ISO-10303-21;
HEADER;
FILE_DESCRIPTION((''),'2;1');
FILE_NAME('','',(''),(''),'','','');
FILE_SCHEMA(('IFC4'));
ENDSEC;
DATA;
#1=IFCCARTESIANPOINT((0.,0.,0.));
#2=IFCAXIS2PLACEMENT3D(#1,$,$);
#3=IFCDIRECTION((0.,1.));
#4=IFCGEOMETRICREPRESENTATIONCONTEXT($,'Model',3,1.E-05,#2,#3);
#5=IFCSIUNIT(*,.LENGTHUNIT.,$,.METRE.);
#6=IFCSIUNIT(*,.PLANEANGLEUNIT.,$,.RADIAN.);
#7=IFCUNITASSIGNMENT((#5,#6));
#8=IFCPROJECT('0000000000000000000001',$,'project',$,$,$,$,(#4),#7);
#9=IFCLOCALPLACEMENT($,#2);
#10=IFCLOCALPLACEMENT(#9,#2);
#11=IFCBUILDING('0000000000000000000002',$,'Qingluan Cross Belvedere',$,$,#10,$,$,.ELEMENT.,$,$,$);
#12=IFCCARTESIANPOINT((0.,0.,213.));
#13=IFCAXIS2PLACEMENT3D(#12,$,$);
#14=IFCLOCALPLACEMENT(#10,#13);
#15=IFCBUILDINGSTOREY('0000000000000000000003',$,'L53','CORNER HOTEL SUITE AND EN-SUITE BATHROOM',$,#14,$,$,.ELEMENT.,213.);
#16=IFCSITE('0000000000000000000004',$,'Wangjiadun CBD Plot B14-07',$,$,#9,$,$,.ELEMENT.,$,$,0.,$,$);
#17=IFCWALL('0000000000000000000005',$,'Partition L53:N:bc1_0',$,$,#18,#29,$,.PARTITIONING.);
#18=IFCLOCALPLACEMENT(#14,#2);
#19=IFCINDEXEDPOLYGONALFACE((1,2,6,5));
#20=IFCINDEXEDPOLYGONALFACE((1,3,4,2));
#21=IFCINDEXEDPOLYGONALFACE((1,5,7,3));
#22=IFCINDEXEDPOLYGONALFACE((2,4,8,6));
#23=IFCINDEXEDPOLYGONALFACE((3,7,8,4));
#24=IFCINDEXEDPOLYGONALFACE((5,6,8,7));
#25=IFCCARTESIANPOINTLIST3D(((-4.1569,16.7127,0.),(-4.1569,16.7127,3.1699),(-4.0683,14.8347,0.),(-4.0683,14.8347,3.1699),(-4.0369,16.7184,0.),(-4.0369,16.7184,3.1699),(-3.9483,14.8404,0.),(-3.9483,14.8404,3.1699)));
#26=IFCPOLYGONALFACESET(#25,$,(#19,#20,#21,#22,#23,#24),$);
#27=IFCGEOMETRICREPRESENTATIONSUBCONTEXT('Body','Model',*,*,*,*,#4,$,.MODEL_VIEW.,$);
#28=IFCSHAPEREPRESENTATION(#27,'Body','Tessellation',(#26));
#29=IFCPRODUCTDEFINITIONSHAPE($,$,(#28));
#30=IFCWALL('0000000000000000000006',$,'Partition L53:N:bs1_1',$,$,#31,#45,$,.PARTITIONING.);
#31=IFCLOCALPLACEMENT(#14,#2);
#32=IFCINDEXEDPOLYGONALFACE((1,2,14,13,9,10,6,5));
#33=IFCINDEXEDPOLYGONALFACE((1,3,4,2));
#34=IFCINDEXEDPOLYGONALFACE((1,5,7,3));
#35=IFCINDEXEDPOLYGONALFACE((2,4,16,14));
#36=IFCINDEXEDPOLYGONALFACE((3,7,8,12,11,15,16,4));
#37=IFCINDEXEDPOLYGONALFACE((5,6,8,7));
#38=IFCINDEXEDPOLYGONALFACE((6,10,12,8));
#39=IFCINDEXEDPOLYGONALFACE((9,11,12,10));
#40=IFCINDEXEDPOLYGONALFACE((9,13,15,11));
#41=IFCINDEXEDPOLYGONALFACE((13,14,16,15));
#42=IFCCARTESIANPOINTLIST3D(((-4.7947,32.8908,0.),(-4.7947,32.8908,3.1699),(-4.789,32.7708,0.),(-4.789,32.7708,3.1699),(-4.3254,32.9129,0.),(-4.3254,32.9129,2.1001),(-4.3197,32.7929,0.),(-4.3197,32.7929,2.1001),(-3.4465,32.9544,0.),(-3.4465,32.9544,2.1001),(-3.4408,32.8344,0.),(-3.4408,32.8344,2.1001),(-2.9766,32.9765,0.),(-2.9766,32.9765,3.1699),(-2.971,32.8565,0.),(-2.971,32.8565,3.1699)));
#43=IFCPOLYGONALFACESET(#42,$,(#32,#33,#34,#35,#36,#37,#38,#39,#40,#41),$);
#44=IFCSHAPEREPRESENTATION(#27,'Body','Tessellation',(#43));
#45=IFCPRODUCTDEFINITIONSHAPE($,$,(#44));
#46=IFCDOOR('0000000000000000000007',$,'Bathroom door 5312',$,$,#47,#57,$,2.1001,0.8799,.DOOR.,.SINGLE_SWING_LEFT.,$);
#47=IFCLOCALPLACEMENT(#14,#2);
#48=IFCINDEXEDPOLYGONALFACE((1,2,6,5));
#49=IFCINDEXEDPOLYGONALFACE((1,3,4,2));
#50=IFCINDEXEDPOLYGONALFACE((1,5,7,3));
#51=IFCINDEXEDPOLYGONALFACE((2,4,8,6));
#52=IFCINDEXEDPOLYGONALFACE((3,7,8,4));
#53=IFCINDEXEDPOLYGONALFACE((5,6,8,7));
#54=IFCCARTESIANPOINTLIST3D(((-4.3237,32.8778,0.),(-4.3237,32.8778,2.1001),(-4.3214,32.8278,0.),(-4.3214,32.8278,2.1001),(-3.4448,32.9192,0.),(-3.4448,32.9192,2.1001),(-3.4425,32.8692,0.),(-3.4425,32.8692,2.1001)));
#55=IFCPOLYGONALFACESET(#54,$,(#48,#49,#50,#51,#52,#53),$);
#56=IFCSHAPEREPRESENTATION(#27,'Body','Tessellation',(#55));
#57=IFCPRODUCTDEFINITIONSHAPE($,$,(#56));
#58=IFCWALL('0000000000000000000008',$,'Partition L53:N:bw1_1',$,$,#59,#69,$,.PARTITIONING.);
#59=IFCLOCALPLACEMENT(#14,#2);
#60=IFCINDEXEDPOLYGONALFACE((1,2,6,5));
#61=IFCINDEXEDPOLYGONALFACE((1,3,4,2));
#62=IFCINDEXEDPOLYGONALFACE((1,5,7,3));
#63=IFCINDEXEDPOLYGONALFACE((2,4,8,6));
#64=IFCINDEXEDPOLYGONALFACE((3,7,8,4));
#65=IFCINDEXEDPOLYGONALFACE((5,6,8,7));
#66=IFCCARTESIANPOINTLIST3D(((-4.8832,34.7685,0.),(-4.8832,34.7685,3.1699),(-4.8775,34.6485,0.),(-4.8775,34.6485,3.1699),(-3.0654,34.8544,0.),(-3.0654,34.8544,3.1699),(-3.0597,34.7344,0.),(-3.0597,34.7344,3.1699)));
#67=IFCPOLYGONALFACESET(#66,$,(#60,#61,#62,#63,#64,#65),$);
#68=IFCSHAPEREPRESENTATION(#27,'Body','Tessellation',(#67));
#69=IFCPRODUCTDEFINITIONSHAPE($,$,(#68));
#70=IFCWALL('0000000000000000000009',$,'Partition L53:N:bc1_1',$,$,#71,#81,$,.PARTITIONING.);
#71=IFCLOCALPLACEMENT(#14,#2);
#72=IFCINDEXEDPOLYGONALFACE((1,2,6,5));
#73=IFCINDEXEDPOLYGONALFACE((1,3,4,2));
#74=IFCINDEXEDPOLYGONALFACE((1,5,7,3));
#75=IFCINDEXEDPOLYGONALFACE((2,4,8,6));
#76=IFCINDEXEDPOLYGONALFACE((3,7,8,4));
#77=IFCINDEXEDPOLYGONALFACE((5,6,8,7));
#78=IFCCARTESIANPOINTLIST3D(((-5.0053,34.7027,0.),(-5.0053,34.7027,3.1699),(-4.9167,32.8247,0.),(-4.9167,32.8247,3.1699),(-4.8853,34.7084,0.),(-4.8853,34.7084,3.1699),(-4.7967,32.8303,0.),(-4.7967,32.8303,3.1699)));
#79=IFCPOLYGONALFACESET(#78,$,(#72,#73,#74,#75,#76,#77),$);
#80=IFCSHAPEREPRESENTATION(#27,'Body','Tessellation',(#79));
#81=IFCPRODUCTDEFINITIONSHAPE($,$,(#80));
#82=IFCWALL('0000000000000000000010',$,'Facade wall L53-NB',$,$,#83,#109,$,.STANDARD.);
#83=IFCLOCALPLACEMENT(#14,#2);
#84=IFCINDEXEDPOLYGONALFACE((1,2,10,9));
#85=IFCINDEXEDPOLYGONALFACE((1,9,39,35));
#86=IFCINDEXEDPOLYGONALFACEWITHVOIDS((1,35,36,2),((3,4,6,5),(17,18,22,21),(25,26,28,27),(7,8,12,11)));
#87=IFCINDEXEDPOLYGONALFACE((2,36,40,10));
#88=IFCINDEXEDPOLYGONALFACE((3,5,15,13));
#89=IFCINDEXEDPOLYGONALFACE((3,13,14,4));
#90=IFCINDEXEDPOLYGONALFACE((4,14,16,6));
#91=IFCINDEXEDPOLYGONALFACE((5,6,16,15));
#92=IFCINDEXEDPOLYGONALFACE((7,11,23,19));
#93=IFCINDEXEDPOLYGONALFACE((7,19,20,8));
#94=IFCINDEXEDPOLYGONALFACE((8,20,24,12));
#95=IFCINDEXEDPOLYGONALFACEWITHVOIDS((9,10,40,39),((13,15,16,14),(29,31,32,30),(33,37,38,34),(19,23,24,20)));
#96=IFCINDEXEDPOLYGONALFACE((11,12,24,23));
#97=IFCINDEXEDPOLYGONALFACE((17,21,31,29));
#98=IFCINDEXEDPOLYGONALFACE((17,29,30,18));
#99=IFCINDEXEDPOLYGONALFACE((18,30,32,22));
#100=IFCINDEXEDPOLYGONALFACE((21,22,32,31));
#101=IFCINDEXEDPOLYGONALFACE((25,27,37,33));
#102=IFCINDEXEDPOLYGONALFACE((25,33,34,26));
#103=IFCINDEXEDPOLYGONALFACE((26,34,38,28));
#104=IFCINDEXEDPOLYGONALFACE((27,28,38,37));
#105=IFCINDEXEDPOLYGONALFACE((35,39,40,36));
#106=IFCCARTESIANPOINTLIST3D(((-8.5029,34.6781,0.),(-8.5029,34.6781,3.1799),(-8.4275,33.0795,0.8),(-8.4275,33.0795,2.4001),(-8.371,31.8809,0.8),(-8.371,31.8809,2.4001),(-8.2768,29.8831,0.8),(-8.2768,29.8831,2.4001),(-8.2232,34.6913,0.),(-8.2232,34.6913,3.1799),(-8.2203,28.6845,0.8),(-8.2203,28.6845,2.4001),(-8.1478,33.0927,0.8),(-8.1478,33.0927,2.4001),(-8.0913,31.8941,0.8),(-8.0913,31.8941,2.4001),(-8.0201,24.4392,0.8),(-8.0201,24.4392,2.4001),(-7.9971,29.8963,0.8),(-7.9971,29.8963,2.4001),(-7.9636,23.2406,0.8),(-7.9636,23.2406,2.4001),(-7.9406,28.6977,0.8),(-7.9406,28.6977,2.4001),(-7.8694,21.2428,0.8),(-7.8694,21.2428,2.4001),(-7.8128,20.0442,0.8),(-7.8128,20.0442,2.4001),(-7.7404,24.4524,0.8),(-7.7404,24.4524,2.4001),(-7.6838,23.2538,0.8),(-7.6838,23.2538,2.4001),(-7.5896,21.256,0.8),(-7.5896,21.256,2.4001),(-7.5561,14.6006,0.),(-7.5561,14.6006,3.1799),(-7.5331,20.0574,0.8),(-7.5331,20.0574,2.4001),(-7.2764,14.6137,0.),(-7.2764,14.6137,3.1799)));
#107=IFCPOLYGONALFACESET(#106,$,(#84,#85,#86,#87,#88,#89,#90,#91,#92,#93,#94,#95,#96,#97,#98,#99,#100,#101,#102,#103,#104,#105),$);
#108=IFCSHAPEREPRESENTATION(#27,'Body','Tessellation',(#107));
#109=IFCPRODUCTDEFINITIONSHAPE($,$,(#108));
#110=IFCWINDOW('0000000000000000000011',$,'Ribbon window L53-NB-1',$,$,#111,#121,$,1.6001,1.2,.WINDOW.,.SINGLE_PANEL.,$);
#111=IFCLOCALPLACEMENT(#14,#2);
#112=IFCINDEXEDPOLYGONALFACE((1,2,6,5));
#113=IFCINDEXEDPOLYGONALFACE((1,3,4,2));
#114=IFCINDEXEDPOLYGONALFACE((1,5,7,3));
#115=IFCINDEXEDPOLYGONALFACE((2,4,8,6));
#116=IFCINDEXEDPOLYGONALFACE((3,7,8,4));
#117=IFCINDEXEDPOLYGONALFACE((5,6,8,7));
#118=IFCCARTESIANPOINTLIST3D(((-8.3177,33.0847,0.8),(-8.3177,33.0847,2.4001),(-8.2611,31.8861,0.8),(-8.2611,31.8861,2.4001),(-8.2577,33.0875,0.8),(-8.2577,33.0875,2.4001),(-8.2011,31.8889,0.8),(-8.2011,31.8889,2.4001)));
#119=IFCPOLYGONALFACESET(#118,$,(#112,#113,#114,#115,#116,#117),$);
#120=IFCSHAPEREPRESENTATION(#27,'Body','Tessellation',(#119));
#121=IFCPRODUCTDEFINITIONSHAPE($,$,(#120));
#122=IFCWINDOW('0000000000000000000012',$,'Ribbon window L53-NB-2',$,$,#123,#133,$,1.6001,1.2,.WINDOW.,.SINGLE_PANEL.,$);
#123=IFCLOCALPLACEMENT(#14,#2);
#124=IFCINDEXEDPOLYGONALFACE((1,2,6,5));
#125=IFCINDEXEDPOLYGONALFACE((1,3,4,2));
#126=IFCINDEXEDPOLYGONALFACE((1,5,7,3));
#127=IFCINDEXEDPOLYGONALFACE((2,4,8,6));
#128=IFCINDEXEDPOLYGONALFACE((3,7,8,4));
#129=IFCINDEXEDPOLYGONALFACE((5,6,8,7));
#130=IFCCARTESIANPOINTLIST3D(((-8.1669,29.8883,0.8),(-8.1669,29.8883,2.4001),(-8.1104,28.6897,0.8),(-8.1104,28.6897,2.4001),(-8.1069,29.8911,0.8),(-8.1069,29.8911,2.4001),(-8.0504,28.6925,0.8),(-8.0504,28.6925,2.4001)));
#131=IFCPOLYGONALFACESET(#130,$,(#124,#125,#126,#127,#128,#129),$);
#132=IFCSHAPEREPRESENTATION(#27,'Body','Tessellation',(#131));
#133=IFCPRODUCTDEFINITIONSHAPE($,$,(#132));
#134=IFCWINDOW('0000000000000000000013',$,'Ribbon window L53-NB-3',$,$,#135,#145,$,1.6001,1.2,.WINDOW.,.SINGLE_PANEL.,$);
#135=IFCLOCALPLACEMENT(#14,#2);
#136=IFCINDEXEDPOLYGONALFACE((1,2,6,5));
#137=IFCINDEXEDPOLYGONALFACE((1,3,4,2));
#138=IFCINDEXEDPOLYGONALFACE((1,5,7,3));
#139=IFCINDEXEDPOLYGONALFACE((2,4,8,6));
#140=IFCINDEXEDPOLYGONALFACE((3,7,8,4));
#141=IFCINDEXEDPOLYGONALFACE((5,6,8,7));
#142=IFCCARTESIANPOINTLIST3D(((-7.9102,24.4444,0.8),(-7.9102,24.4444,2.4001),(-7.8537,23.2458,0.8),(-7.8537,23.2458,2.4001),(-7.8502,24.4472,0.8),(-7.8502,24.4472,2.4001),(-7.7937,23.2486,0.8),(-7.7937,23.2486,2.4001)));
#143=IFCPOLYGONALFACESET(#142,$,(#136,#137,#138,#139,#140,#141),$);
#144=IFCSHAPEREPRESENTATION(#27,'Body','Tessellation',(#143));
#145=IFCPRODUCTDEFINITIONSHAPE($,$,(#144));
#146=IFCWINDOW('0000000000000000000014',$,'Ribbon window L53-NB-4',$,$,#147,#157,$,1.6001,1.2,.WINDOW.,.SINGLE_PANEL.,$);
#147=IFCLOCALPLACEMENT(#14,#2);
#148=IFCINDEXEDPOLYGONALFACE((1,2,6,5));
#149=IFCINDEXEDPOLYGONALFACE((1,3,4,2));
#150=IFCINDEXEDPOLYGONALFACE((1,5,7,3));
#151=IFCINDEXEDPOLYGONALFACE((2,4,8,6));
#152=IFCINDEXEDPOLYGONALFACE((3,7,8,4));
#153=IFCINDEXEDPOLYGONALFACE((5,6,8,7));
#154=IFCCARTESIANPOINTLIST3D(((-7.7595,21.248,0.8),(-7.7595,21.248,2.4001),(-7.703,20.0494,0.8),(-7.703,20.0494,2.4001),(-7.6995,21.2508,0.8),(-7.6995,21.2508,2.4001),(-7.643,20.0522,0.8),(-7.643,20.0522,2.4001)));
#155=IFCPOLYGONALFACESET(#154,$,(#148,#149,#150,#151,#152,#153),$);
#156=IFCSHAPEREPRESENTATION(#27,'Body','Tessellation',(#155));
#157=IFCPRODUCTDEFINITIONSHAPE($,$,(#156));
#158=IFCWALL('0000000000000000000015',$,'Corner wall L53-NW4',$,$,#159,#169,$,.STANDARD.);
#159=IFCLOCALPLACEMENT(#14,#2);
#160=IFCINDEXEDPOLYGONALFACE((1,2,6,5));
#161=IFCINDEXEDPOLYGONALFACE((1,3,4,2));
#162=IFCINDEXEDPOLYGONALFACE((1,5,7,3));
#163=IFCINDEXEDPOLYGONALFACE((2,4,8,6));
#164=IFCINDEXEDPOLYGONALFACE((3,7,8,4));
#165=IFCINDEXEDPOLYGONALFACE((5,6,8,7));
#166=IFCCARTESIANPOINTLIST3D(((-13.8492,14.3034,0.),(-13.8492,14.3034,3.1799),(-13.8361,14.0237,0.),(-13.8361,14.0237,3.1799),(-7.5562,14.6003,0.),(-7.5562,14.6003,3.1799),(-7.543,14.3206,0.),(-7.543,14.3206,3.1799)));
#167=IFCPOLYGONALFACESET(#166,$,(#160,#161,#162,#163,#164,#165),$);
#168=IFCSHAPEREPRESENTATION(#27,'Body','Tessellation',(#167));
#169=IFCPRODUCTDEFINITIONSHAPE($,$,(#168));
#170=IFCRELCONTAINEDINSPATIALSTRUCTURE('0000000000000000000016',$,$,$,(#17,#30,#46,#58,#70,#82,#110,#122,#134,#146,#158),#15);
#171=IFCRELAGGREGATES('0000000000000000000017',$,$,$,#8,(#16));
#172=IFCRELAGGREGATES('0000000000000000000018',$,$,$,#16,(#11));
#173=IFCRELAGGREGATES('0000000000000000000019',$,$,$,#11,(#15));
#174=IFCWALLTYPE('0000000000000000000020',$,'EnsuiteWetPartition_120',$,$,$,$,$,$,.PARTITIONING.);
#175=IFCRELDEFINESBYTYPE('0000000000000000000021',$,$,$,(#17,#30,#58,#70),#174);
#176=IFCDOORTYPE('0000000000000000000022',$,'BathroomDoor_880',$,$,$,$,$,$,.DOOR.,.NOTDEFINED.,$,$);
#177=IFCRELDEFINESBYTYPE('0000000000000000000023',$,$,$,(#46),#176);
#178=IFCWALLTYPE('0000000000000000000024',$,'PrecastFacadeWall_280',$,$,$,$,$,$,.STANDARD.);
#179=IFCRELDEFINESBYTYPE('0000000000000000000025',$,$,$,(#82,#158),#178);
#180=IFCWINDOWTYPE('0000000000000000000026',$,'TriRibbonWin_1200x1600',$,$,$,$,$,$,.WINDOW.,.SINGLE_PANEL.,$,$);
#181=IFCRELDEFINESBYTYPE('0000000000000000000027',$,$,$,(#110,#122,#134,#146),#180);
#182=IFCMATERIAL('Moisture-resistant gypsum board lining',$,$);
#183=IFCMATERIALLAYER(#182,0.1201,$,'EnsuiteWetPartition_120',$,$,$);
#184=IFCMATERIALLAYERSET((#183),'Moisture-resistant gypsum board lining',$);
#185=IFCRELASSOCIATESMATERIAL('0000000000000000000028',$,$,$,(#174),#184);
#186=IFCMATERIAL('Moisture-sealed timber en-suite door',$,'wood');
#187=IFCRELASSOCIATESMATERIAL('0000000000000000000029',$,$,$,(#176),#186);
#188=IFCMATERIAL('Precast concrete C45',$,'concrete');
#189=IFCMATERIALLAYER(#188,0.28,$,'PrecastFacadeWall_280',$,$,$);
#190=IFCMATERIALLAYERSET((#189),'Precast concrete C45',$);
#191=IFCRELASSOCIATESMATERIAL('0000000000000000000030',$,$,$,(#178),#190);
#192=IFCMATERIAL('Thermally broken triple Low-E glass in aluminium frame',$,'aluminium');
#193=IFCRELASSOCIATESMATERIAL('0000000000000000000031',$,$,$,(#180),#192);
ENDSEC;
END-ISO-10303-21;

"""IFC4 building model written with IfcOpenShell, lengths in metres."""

from ifc_helpers import new_model, si_unit, direction, frame, frame_2d, origin, place, context, subcontext, project, spatial, rectangle, extrude, material, layer, layer_set, type_object, element, fill, save


model = new_model("IFC4")

# Units and contexts
model_context = context("Model", 3, precision=1e-05, world=origin(), true_north=direction((0.0, 1.0)))
body_context = subcontext(model_context, "Body", "Model", "MODEL_VIEW")
ifc_project = project(units=[si_unit("LENGTHUNIT", "METRE"), si_unit("PLANEANGLEUNIT", "RADIAN")], contexts=[model_context])

# Site, building, storey
site_placement = place(None, origin())
site = spatial("IfcSite", under=ifc_project, at=site_placement, Name="Wangjiadun CBD Plot B14-07", CompositionType="ELEMENT", RefElevation=0.0)
building_placement = place(site_placement, origin())
building = spatial("IfcBuilding", under=site, at=building_placement, Name="Qingluan Cross Belvedere", CompositionType="ELEMENT")
storey_placement = place(building_placement, frame((0.0, 0.0, 213.0)))
storey = spatial("IfcBuildingStorey", under=building, at=storey_placement, Name="L53", Description="CORNER HOTEL SUITE AND EN-SUITE BATHROOM", CompositionType="ELEMENT", Elevation=213.0)

# Shared definitions
ifc_material_1 = material(Name="Moisture-resistant gypsum board lining")
ifc_layer_1 = layer(ifc_material_1, 0.1201, Name="EnsuiteWetPartition_120")
ifc_layer_set_1 = layer_set([ifc_layer_1], Name="Moisture-resistant gypsum board lining")
wall_type_1 = type_object("IfcWallType", Name="EnsuiteWetPartition_120", PredefinedType="PARTITIONING", material=ifc_layer_set_1)
ifc_material_2 = material(Name="Moisture-sealed timber en-suite door", Category="wood")
door_type = type_object("IfcDoorType", Name="BathroomDoor_880", OperationType="NOTDEFINED", PredefinedType="DOOR", material=ifc_material_2)

# Wall
wall_1_placement = place(storey_placement, frame((-4.0083, 14.8376, 0.0), z_axis=(0.0, 0.0, 1.0), x_axis=(-0.047139, 0.998888, 0.0)))
element("IfcWall", 1, at=wall_1_placement, inside=storey, type_object=wall_type_1, Name="Partition L53:N:bc1_0", PredefinedType="PARTITIONING", context=body_context, shape_type="SweptSolid", body=[
    extrude(rectangle(XDim=1.8801, YDim=0.1201, at=frame_2d((0.9399, 0.0))), origin(), (0.0, 0.0, 1.0), 3.1699),
])

# Wall, opening, door
wall_2_placement = place(storey_placement, frame((-4.792, 32.8308, 0.0), z_axis=(0.0, 0.0, 1.0), x_axis=(0.998891, 0.047081, 0.0)))
wall_2 = element("IfcWall", 2, at=wall_2_placement, inside=storey, type_object=wall_type_1, Name="Partition L53:N:bs1_1", PredefinedType="PARTITIONING", context=body_context, shape_type="SweptSolid", body=[
    extrude(rectangle(XDim=1.8201, YDim=0.1201, at=frame_2d((0.9102, 0.0))), origin(), (0.0, 0.0, 1.0), 3.1699),
])
opening_1_placement = place(wall_2_placement, frame((0.47, 0.0, 0.0)))
opening_1 = element("IfcOpeningElement", 3, at=opening_1_placement, cuts=wall_2, PredefinedType="OPENING", context=body_context, shape_type="SweptSolid", body=[
    extrude(rectangle(XDim=0.8799, YDim=2.1001, at=frame_2d((0.4399, 1.05))), frame((0.0, 0.0701, 0.0), z_axis=(0.0, -1.0, 0.0), x_axis=(1.0, 0.0, 0.0)), (0.0, 0.0, 1.0), 0.1401),
])
door_1_placement = place(opening_1_placement, origin())
door_1 = element("IfcDoor", 4, at=door_1_placement, inside=storey, type_object=door_type, Name="Bathroom door 5312", OperationType="SINGLE_SWING_LEFT", OverallHeight=2.1001, OverallWidth=0.8799, PredefinedType="DOOR", context=body_context, shape_type="SweptSolid", body=[
    extrude(rectangle(XDim=0.8799, YDim=2.1001, at=frame_2d((0.4399, 1.05))), frame((0.0, 0.0249, 0.0), z_axis=(0.0, -1.0, 0.0), x_axis=(1.0, 0.0, 0.0)), (0.0, 0.0, 1.0), 0.05),
])
fill(opening_1, door_1)

# Walls
wall_3_placement = place(storey_placement, frame((-4.8804, 34.7085, 0.0), z_axis=(0.0, 0.0, 1.0), x_axis=(0.998884, 0.047221, 0.0)))
element("IfcWall", 5, at=wall_3_placement, inside=storey, type_object=wall_type_1, Name="Partition L53:N:bw1_1", PredefinedType="PARTITIONING", context=body_context, shape_type="SweptSolid", body=[
    extrude(rectangle(XDim=1.8198, YDim=0.1201, at=frame_2d((0.9099, 0.0))), origin(), (0.0, 0.0, 1.0), 3.1699),
])
wall_4_placement = place(storey_placement, frame((-4.8567, 32.8276, 0.0), z_axis=(0.0, 0.0, 1.0), x_axis=(-0.047139, 0.998888, 0.0)))
element("IfcWall", 6, at=wall_4_placement, inside=storey, type_object=wall_type_1, Name="Partition L53:N:bc1_1", PredefinedType="PARTITIONING", context=body_context, shape_type="SweptSolid", body=[
    extrude(rectangle(XDim=1.8801, YDim=0.1201, at=frame_2d((0.9399, 0.0))), origin(), (0.0, 0.0, 1.0), 3.1699),
])

# Wall, openings, windows
ifc_material_3 = material(Name="Precast concrete C45", Category="concrete")
ifc_layer_2 = layer(ifc_material_3, 0.28, Name="PrecastFacadeWall_280")
ifc_layer_set_2 = layer_set([ifc_layer_2], Name="Precast concrete C45")
wall_type_2 = type_object("IfcWallType", Name="PrecastFacadeWall_280", PredefinedType="STANDARD", material=ifc_layer_set_2)
wall_5_placement = place(storey_placement, frame((-8.363, 34.6846, 0.0), z_axis=(0.0, 0.0, 1.0), x_axis=(0.047103, -0.99889, 0.0)))
wall_5 = element("IfcWall", 7, at=wall_5_placement, inside=storey, type_object=wall_type_2, Name="Facade wall L53-NB", PredefinedType="STANDARD", context=body_context, shape_type="SweptSolid", body=[
    extrude(rectangle(XDim=20.0999, YDim=0.28, at=frame_2d((10.0498, 0.0))), origin(), (0.0, 0.0, 1.0), 3.1799),
])
opening_2_placement = place(wall_5_placement, frame((1.6001, 0.0, 0.8)))
opening_2 = element("IfcOpeningElement", 8, at=opening_2_placement, cuts=wall_5, PredefinedType="OPENING", context=body_context, shape_type="SweptSolid", body=[
    extrude(rectangle(XDim=1.2, YDim=1.6001, at=frame_2d((0.6001, 0.8))), frame((0.0, 0.1499, 0.0), z_axis=(0.0, -1.0, 0.0), x_axis=(1.0, 0.0, 0.0)), (0.0, 0.0, 1.0), 0.3),
])
opening_3_placement = place(wall_5_placement, frame((4.8, 0.0, 0.8)))
opening_3 = element("IfcOpeningElement", 9, at=opening_3_placement, cuts=wall_5, PredefinedType="OPENING", context=body_context, shape_type="SweptSolid", body=[
    extrude(rectangle(XDim=1.2, YDim=1.6001, at=frame_2d((0.6001, 0.8))), frame((0.0, 0.1499, 0.0), z_axis=(0.0, -1.0, 0.0), x_axis=(1.0, 0.0, 0.0)), (0.0, 0.0, 1.0), 0.3),
])
opening_4_placement = place(wall_5_placement, frame((10.25, 0.0, 0.8)))
opening_4 = element("IfcOpeningElement", 10, at=opening_4_placement, cuts=wall_5, PredefinedType="OPENING", context=body_context, shape_type="SweptSolid", body=[
    extrude(rectangle(XDim=1.2, YDim=1.6001, at=frame_2d((0.6001, 0.8))), frame((0.0, 0.1499, 0.0), z_axis=(0.0, -1.0, 0.0), x_axis=(1.0, 0.0, 0.0)), (0.0, 0.0, 1.0), 0.3),
])
opening_5_placement = place(wall_5_placement, frame((13.45, 0.0, 0.8)))
opening_5 = element("IfcOpeningElement", 11, at=opening_5_placement, cuts=wall_5, PredefinedType="OPENING", context=body_context, shape_type="SweptSolid", body=[
    extrude(rectangle(XDim=1.2, YDim=1.6001, at=frame_2d((0.6001, 0.8))), frame((0.0, 0.1499, 0.0), z_axis=(0.0, -1.0, 0.0), x_axis=(1.0, 0.0, 0.0)), (0.0, 0.0, 1.0), 0.3),
])
ifc_material_4 = material(Name="Thermally broken triple Low-E glass in aluminium frame", Category="aluminium")
window_type = type_object("IfcWindowType", Name="TriRibbonWin_1200x1600", PartitioningType="SINGLE_PANEL", PredefinedType="WINDOW", material=ifc_material_4)
window_1_placement = place(opening_2_placement, origin())
window_1 = element("IfcWindow", 12, at=window_1_placement, inside=storey, type_object=window_type, Name="Ribbon window L53-NB-1", OverallHeight=1.6001, OverallWidth=1.2, PartitioningType="SINGLE_PANEL", PredefinedType="WINDOW", context=body_context, shape_type="SweptSolid", body=[
    extrude(rectangle(XDim=1.2, YDim=1.6001, at=frame_2d((0.6001, 0.8))), frame((0.0, 0.03, 0.0), z_axis=(0.0, -1.0, 0.0), x_axis=(1.0, 0.0, 0.0)), (0.0, 0.0, 1.0), 0.0601),
])
fill(opening_2, window_1)
window_2_placement = place(opening_3_placement, origin())
window_2 = element("IfcWindow", 13, at=window_2_placement, inside=storey, type_object=window_type, Name="Ribbon window L53-NB-2", OverallHeight=1.6001, OverallWidth=1.2, PartitioningType="SINGLE_PANEL", PredefinedType="WINDOW", context=body_context, shape_type="SweptSolid", body=[
    extrude(rectangle(XDim=1.2, YDim=1.6001, at=frame_2d((0.6001, 0.8))), frame((0.0, 0.03, 0.0), z_axis=(0.0, -1.0, 0.0), x_axis=(1.0, 0.0, 0.0)), (0.0, 0.0, 1.0), 0.0601),
])
fill(opening_3, window_2)
window_3_placement = place(opening_4_placement, origin())
window_3 = element("IfcWindow", 14, at=window_3_placement, inside=storey, type_object=window_type, Name="Ribbon window L53-NB-3", OverallHeight=1.6001, OverallWidth=1.2, PartitioningType="SINGLE_PANEL", PredefinedType="WINDOW", context=body_context, shape_type="SweptSolid", body=[
    extrude(rectangle(XDim=1.2, YDim=1.6001, at=frame_2d((0.6001, 0.8))), frame((0.0, 0.03, 0.0), z_axis=(0.0, -1.0, 0.0), x_axis=(1.0, 0.0, 0.0)), (0.0, 0.0, 1.0), 0.0601),
])
fill(opening_4, window_3)
window_4_placement = place(opening_5_placement, origin())
window_4 = element("IfcWindow", 15, at=window_4_placement, inside=storey, type_object=window_type, Name="Ribbon window L53-NB-4", OverallHeight=1.6001, OverallWidth=1.2, PartitioningType="SINGLE_PANEL", PredefinedType="WINDOW", context=body_context, shape_type="SweptSolid", body=[
    extrude(rectangle(XDim=1.2, YDim=1.6001, at=frame_2d((0.6001, 0.8))), frame((0.0, 0.03, 0.0), z_axis=(0.0, -1.0, 0.0), x_axis=(1.0, 0.0, 0.0)), (0.0, 0.0, 1.0), 0.0601),
])
fill(opening_5, window_4)

# Wall
wall_6_placement = place(storey_placement, frame((-13.8425, 14.1636, 0.0), z_axis=(0.0, 0.0, 1.0), x_axis=(0.998889, 0.047123, 0.0)))
element("IfcWall", 16, at=wall_6_placement, inside=storey, type_object=wall_type_2, Name="Corner wall L53-NW4", PredefinedType="STANDARD", context=body_context, shape_type="SweptSolid", body=[
    extrude(rectangle(XDim=6.3, YDim=0.28, at=frame_2d((3.1499, 0.0))), origin(), (0.0, 0.0, 1.0), 3.1799),
])

save(model, "model.ifc")
